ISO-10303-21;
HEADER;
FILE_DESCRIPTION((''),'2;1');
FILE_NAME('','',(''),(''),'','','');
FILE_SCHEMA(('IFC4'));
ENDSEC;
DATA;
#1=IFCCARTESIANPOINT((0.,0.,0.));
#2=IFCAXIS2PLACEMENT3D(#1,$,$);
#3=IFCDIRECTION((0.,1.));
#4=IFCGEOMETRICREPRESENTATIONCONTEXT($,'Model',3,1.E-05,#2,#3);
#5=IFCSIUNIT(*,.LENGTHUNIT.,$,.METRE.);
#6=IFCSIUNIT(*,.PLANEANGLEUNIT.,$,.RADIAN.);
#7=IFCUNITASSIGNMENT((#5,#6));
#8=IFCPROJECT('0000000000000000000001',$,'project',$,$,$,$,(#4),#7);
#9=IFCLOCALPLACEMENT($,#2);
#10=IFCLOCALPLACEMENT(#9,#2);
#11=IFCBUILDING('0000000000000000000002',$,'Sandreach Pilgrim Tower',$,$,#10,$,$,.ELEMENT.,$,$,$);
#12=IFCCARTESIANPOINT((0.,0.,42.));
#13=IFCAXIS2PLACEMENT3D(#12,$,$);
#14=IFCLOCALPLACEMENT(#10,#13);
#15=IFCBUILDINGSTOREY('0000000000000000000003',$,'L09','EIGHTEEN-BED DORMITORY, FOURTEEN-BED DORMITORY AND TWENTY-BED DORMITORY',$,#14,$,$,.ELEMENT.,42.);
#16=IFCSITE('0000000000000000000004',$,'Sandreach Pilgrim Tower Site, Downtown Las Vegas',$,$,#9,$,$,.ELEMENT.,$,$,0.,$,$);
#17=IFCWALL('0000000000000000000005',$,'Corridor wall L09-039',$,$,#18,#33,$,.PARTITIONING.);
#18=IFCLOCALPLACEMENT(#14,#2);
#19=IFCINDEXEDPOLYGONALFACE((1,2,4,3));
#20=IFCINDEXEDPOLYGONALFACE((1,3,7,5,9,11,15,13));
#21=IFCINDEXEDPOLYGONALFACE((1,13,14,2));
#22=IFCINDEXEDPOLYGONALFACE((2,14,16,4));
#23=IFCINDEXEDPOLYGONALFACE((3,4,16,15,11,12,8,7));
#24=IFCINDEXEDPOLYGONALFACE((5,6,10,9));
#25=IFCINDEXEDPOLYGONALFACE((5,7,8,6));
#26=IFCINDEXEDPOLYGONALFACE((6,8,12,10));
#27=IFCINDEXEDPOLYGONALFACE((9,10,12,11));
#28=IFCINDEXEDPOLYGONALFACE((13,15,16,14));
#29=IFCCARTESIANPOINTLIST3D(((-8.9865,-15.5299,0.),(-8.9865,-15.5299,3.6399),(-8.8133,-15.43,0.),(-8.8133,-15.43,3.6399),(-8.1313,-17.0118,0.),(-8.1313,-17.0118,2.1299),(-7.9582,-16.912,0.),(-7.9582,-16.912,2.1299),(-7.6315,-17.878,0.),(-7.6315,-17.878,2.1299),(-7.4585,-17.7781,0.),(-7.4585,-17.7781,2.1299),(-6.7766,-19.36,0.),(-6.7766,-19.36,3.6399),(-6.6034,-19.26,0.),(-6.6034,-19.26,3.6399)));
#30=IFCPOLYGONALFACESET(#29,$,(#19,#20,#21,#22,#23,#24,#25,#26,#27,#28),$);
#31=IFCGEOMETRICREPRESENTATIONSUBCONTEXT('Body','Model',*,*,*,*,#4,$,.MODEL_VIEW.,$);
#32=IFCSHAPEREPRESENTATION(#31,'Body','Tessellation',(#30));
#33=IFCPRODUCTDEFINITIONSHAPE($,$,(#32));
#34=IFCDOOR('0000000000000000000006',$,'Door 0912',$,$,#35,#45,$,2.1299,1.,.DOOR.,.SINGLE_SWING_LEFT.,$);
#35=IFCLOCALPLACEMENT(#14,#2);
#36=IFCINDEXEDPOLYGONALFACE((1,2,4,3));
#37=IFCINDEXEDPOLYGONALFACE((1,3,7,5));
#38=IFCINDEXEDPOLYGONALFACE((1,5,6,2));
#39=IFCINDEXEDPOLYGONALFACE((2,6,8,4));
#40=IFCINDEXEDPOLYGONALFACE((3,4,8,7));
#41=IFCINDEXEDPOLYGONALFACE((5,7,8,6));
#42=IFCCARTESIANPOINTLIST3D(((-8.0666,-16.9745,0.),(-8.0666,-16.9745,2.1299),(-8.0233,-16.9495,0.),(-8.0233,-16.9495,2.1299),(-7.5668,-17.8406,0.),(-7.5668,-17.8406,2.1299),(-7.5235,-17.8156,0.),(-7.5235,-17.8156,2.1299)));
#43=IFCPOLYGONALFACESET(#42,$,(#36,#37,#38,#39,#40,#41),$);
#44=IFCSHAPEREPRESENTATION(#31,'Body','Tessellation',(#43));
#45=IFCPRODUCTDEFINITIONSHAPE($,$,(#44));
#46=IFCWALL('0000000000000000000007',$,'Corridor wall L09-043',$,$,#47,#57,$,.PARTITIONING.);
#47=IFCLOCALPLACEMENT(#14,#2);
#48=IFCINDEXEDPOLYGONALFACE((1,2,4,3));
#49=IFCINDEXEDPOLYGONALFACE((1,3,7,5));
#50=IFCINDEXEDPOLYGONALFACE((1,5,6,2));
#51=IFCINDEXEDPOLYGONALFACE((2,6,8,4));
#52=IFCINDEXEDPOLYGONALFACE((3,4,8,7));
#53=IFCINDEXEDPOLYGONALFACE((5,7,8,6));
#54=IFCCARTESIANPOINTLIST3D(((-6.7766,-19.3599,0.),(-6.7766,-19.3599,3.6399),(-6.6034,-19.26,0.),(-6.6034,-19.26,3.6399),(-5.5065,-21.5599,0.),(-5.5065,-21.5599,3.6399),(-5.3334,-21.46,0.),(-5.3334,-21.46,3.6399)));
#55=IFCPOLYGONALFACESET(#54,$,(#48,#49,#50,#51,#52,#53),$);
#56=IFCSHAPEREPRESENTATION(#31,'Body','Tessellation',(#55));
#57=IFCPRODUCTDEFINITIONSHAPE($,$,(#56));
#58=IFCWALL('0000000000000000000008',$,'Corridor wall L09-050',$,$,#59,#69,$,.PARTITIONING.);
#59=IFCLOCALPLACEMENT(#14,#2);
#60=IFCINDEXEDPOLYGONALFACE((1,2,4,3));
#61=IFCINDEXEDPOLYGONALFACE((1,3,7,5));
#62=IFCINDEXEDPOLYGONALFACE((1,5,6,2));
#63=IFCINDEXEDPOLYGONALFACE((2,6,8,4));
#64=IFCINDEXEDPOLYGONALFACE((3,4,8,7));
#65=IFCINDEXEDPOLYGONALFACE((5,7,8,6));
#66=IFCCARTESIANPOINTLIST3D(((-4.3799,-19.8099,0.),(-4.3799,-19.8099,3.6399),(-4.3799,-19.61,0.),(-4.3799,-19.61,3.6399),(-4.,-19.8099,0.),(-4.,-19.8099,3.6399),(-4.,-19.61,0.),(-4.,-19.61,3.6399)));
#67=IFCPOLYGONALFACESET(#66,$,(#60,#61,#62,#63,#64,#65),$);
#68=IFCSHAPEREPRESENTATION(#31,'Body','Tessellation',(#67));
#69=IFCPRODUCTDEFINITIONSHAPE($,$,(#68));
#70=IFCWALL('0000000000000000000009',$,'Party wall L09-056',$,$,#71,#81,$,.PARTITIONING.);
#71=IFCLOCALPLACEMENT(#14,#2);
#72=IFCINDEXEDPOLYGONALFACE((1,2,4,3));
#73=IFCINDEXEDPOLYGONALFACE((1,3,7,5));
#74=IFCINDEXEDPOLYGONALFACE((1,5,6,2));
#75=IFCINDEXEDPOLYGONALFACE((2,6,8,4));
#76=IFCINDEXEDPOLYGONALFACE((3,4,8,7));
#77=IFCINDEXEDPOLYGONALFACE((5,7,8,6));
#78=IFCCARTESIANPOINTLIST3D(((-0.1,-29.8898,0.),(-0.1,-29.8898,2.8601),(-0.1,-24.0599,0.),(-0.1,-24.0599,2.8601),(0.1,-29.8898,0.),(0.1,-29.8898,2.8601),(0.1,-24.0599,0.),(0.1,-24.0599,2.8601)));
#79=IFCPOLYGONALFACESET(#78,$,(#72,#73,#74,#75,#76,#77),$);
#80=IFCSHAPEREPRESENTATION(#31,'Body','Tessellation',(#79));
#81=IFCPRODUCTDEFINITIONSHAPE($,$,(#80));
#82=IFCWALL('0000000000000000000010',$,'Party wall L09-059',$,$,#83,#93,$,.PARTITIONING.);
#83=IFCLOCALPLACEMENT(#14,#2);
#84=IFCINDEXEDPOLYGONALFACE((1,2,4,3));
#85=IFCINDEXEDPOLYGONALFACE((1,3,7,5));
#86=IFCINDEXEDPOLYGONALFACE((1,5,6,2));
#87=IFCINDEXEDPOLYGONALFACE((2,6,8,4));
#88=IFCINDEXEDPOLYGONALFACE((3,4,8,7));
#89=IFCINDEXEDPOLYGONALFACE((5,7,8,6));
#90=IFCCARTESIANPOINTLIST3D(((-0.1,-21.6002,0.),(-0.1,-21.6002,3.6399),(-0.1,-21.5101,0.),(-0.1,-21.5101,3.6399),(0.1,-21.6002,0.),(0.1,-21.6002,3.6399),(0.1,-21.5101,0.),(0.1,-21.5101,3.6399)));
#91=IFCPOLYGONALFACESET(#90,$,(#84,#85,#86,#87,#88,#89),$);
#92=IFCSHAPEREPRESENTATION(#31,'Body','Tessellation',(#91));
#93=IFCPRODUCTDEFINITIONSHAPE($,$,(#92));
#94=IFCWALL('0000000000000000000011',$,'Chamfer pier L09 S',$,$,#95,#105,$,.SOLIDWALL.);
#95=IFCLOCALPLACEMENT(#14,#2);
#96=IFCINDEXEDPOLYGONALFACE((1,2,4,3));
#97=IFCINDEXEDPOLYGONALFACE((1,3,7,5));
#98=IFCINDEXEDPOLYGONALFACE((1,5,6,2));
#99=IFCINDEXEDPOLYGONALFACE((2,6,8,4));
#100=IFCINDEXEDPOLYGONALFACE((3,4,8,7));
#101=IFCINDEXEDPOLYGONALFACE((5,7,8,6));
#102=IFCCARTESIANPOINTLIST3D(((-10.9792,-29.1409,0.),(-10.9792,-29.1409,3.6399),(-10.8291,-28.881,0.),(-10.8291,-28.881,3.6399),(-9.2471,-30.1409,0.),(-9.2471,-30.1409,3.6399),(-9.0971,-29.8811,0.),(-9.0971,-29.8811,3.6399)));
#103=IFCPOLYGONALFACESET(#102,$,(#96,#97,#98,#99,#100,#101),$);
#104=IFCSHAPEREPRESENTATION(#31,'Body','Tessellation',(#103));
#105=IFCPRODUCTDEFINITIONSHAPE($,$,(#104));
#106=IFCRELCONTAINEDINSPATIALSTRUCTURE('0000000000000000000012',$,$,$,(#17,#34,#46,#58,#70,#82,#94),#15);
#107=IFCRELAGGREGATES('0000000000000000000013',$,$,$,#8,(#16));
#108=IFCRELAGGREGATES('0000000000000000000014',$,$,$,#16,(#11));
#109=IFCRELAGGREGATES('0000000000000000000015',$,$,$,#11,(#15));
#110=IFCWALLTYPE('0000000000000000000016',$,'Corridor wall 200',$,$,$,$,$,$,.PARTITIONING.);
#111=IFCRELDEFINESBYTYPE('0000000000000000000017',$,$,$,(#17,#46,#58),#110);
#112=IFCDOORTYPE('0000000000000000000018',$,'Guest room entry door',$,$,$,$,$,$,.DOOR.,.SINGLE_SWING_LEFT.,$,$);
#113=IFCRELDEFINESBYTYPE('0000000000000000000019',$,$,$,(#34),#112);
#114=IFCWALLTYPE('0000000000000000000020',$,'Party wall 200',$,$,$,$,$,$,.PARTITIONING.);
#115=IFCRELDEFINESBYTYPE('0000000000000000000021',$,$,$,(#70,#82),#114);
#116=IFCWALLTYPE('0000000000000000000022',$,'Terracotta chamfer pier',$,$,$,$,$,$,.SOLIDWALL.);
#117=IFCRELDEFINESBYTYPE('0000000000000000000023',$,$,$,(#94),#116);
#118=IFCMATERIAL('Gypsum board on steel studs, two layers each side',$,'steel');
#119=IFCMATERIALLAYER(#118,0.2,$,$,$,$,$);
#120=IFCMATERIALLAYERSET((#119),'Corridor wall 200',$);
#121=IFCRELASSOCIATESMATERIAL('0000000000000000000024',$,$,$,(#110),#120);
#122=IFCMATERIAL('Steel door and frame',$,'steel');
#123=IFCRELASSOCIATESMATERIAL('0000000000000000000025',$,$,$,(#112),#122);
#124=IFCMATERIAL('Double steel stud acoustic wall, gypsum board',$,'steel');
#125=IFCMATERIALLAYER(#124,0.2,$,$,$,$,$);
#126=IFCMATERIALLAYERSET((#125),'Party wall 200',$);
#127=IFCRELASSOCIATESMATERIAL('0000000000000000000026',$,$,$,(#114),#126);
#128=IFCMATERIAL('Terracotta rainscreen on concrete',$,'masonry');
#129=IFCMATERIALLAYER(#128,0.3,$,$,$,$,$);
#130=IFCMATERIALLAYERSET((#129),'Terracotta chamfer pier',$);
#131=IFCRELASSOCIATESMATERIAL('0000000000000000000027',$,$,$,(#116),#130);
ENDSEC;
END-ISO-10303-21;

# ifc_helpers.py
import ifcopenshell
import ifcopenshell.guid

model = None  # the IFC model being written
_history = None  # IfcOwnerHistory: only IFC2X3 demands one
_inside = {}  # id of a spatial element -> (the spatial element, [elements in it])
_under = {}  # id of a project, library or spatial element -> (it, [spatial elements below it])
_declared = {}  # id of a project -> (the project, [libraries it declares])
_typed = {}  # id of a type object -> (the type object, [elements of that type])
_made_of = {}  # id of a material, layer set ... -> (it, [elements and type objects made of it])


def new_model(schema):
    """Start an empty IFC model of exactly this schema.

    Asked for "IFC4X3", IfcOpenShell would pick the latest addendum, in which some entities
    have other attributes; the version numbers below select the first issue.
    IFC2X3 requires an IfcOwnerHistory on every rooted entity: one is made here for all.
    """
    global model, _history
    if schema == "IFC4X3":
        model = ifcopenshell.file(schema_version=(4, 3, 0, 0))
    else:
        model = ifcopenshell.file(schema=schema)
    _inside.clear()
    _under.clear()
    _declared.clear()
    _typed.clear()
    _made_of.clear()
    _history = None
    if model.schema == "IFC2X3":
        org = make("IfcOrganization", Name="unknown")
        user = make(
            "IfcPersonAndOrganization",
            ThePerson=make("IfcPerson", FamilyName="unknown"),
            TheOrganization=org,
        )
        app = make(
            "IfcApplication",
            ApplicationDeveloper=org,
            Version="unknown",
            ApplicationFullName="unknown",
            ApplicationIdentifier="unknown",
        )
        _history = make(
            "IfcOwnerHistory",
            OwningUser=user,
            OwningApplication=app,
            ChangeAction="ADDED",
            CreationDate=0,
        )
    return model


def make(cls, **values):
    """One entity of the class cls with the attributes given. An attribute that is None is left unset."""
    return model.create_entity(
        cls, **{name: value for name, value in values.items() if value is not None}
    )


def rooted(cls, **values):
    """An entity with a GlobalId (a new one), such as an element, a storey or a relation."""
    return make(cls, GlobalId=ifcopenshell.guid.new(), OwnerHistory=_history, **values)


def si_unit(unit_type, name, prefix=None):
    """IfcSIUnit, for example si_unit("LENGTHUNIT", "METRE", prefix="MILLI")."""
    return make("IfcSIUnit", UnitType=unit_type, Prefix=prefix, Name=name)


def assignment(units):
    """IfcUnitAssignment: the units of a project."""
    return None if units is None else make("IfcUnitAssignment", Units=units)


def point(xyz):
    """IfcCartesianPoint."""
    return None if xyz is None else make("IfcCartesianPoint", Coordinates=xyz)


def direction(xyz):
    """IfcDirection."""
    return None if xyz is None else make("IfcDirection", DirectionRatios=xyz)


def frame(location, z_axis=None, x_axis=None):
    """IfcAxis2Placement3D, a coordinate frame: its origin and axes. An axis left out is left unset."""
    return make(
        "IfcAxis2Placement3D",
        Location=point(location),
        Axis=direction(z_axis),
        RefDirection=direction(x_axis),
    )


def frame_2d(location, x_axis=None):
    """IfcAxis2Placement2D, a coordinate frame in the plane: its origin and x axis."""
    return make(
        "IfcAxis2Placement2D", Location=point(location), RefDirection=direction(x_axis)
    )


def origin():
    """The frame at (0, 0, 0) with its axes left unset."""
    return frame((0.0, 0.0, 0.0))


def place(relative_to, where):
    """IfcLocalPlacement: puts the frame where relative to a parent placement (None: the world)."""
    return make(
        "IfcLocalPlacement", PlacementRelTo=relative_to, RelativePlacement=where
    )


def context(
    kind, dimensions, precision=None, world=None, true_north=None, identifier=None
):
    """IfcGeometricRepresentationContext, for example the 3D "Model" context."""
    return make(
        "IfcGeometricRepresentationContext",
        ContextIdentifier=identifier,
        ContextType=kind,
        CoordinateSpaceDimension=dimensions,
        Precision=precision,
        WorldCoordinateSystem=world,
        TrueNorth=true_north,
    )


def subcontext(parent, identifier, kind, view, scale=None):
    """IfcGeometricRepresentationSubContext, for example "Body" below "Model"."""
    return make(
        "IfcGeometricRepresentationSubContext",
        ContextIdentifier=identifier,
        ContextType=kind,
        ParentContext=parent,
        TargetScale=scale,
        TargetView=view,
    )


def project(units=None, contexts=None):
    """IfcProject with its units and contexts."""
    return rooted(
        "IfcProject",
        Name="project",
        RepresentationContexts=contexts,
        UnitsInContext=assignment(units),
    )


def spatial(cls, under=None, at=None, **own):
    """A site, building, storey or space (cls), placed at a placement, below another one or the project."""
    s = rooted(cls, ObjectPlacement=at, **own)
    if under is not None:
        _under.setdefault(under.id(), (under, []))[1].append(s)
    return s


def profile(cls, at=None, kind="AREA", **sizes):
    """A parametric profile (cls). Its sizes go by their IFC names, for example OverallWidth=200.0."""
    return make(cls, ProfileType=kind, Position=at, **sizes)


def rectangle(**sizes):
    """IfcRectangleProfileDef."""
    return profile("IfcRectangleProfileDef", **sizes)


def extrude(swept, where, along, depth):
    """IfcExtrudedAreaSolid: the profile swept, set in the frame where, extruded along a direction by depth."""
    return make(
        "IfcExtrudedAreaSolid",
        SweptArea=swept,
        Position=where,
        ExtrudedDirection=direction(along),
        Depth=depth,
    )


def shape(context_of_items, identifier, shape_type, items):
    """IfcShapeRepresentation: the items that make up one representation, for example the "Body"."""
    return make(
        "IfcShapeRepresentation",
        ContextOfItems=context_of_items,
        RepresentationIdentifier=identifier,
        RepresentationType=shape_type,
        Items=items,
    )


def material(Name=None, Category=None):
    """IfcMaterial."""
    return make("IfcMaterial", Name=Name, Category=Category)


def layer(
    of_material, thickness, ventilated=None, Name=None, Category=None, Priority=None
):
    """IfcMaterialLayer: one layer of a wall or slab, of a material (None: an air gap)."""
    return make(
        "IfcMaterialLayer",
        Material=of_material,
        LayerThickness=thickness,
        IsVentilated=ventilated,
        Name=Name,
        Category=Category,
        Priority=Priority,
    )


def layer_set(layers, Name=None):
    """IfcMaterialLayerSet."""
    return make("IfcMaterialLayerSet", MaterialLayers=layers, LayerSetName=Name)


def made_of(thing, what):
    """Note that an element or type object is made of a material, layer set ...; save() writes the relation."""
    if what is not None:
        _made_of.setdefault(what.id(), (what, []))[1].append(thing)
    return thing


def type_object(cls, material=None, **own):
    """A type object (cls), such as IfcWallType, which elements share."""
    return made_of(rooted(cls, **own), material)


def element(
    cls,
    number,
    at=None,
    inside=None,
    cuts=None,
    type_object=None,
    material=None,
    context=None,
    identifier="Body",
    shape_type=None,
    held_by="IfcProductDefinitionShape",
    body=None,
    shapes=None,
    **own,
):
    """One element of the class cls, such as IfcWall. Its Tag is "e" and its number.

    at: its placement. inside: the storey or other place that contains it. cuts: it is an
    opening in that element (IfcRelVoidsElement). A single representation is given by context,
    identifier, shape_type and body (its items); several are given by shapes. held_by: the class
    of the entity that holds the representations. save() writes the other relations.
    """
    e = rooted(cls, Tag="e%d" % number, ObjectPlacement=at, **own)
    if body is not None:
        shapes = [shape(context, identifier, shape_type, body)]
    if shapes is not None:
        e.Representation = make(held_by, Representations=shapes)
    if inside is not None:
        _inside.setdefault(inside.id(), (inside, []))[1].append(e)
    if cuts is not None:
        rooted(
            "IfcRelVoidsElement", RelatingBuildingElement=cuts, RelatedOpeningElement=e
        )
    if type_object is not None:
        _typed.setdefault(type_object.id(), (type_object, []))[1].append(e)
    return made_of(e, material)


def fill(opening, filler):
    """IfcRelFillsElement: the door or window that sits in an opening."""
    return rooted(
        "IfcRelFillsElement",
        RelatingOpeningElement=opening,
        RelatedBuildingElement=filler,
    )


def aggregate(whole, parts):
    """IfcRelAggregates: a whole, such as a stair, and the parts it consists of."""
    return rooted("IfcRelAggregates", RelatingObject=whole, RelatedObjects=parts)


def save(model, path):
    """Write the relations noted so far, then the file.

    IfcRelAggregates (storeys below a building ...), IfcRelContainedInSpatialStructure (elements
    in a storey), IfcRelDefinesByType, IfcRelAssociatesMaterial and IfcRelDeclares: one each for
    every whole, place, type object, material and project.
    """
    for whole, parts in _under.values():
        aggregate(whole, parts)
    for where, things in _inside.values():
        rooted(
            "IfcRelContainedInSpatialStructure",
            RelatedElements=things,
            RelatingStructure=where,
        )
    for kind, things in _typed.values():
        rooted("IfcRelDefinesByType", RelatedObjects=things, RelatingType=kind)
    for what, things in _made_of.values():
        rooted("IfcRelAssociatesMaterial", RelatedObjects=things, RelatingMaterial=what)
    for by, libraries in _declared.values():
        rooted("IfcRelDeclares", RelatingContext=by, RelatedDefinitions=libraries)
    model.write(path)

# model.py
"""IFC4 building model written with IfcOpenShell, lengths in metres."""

from ifc_helpers import new_model, si_unit, direction, frame, frame_2d, origin, place, context, subcontext, project, spatial, rectangle, extrude, material, layer, layer_set, type_object, element, fill, save


model = new_model("IFC4")

# Units and contexts
model_context = context("Model", 3, precision=1e-05, world=origin(), true_north=direction((0.0, 1.0)))
body_context = subcontext(model_context, "Body", "Model", "MODEL_VIEW")
ifc_project = project(units=[si_unit("LENGTHUNIT", "METRE"), si_unit("PLANEANGLEUNIT", "RADIAN")], contexts=[model_context])

# Site, building, storey
site_placement = place(None, origin())
site = spatial("IfcSite", under=ifc_project, at=site_placement, Name="Sandreach Pilgrim Tower Site, Downtown Las Vegas", CompositionType="ELEMENT", RefElevation=0.0)
building_placement = place(site_placement, origin())
building = spatial("IfcBuilding", under=site, at=building_placement, Name="Sandreach Pilgrim Tower", CompositionType="ELEMENT")
storey_placement = place(building_placement, frame((0.0, 0.0, 42.0)))
storey = spatial("IfcBuildingStorey", under=building, at=storey_placement, Name="L09", Description="EIGHTEEN-BED DORMITORY, FOURTEEN-BED DORMITORY AND TWENTY-BED DORMITORY", CompositionType="ELEMENT", Elevation=42.0)

# Wall, opening, door
ifc_material_1 = material(Name="Gypsum board on steel studs, two layers each side", Category="steel")
ifc_layer_1 = layer(ifc_material_1, 0.2)
ifc_layer_set_1 = layer_set([ifc_layer_1], Name="Corridor wall 200")
wall_type_1 = type_object("IfcWallType", Name="Corridor wall 200", PredefinedType="PARTITIONING", material=ifc_layer_set_1)
wall_1_placement = place(storey_placement, frame((-8.8999, -15.48, 0.0), z_axis=(0.0, 0.0, 1.0), x_axis=(0.499773, -0.866156, 0.0)))
wall_1 = element("IfcWall", 1, at=wall_1_placement, inside=storey, type_object=wall_type_1, Name="Corridor wall L09-039", PredefinedType="PARTITIONING", context=body_context, shape_type="SweptSolid", body=[
    extrude(rectangle(XDim=4.4219, YDim=0.2, at=frame_2d((2.2109, 0.0))), origin(), (0.0, 0.0, 1.0), 3.6399),
])
opening_1_placement = place(wall_1_placement, frame((1.7109, 0.0, 0.0)))
opening_1 = element("IfcOpeningElement", 2, at=opening_1_placement, cuts=wall_1, PredefinedType="OPENING", context=body_context, shape_type="SweptSolid", body=[
    extrude(rectangle(XDim=1.0, YDim=2.1299, at=frame_2d((0.5, 1.0649))), frame((0.0, 0.1001, 0.0), z_axis=(0.0, -1.0, 0.0), x_axis=(1.0, 0.0, 0.0)), (0.0, 0.0, 1.0), 0.2),
])
ifc_material_2 = material(Name="Steel door and frame", Category="steel")
door_type_1 = type_object("IfcDoorType", Name="Guest room entry door", OperationType="SINGLE_SWING_LEFT", PredefinedType="DOOR", material=ifc_material_2)
door_1_placement = place(opening_1_placement, origin())
door_1 = element("IfcDoor", 3, at=door_1_placement, inside=storey, type_object=door_type_1, Name="Door 0912", OperationType="SINGLE_SWING_LEFT", OverallHeight=2.1299, OverallWidth=1.0, PredefinedType="DOOR", context=body_context, shape_type="SweptSolid", body=[
    extrude(rectangle(XDim=1.0, YDim=2.1299, at=frame_2d((0.5, 1.0649))), frame((0.0, 0.0249, 0.0), z_axis=(0.0, -1.0, 0.0), x_axis=(1.0, 0.0, 0.0)), (0.0, 0.0, 1.0), 0.05),
])
fill(opening_1, door_1)

# Wall
wall_2_placement = place(storey_placement, frame((-6.6899, -19.3101, 0.0), z_axis=(0.0, 0.0, 1.0), x_axis=(0.499964, -0.866046, 0.0)))
element("IfcWall", 4, at=wall_2_placement, inside=storey, type_object=wall_type_1, Name="Corridor wall L09-043", PredefinedType="PARTITIONING", context=body_context, shape_type="SweptSolid", body=[
    extrude(rectangle(XDim=2.5403, YDim=0.2, at=frame_2d((1.27, 0.0))), origin(), (0.0, 0.0, 1.0), 3.6399),
])

# Walls
wall_3_placement = place(storey_placement, frame((-4.0, -19.71, 0.0), z_axis=(0.0, 0.0, 1.0), x_axis=(-1.0, 0.0, 0.0)))
element("IfcWall", 5, at=wall_3_placement, inside=storey, type_object=wall_type_1, Name="Corridor wall L09-050", PredefinedType="PARTITIONING", context=body_context, shape_type="SweptSolid", body=[
    extrude(rectangle(XDim=0.3799, YDim=0.2, at=frame_2d((0.1899, 0.0))), origin(), (0.0, 0.0, 1.0), 3.6399),
])
ifc_material_3 = material(Name="Double steel stud acoustic wall, gypsum board", Category="steel")
ifc_layer_2 = layer(ifc_material_3, 0.2)
ifc_layer_set_2 = layer_set([ifc_layer_2], Name="Party wall 200")
wall_type_2 = type_object("IfcWallType", Name="Party wall 200", PredefinedType="PARTITIONING", material=ifc_layer_set_2)
wall_4_placement = place(storey_placement, frame((0.0, -29.8899, 0.0), z_axis=(0.0, 0.0, 1.0), x_axis=(0.0, 1.0, 0.0)))
element("IfcWall", 6, at=wall_4_placement, inside=storey, type_object=wall_type_2, Name="Party wall L09-056", PredefinedType="PARTITIONING", context=body_context, shape_type="SweptSolid", body=[
    extrude(rectangle(XDim=5.8298, YDim=0.2, at=frame_2d((2.915, 0.0))), origin(), (0.0, 0.0, 1.0), 2.8601),
])
wall_5_placement = place(storey_placement, frame((0.0, -21.6001, 0.0), z_axis=(0.0, 0.0, 1.0), x_axis=(0.0, 1.0, 0.0)))
element("IfcWall", 7, at=wall_5_placement, inside=storey, type_object=wall_type_2, Name="Party wall L09-059", PredefinedType="PARTITIONING", context=body_context, shape_type="SweptSolid", body=[
    extrude(rectangle(XDim=0.0901, YDim=0.2, at=frame_2d((0.0449, 0.0))), origin(), (0.0, 0.0, 1.0), 3.6399),
])
ifc_material_4 = material(Name="Terracotta rainscreen on concrete", Category="masonry")
ifc_layer_3 = layer(ifc_material_4, 0.3)
ifc_layer_set_3 = layer_set([ifc_layer_3], Name="Terracotta chamfer pier")
wall_type_3 = type_object("IfcWallType", Name="Terracotta chamfer pier", PredefinedType="SOLIDWALL", material=ifc_layer_set_3)
wall_6_placement = place(storey_placement, frame((-9.1721, -30.011, 0.0), z_axis=(0.0, 0.0, 1.0), x_axis=(-0.866011, 0.500025, 0.0)))
element("IfcWall", 8, at=wall_6_placement, inside=storey, type_object=wall_type_3, Name="Chamfer pier L09 S", PredefinedType="SOLIDWALL", context=body_context, shape_type="SweptSolid", body=[
    extrude(rectangle(XDim=2.0, YDim=0.3, at=frame_2d((1.0, 0.0))), origin(), (0.0, 0.0, 1.0), 3.6399),
])

save(model, "model.ifc")
